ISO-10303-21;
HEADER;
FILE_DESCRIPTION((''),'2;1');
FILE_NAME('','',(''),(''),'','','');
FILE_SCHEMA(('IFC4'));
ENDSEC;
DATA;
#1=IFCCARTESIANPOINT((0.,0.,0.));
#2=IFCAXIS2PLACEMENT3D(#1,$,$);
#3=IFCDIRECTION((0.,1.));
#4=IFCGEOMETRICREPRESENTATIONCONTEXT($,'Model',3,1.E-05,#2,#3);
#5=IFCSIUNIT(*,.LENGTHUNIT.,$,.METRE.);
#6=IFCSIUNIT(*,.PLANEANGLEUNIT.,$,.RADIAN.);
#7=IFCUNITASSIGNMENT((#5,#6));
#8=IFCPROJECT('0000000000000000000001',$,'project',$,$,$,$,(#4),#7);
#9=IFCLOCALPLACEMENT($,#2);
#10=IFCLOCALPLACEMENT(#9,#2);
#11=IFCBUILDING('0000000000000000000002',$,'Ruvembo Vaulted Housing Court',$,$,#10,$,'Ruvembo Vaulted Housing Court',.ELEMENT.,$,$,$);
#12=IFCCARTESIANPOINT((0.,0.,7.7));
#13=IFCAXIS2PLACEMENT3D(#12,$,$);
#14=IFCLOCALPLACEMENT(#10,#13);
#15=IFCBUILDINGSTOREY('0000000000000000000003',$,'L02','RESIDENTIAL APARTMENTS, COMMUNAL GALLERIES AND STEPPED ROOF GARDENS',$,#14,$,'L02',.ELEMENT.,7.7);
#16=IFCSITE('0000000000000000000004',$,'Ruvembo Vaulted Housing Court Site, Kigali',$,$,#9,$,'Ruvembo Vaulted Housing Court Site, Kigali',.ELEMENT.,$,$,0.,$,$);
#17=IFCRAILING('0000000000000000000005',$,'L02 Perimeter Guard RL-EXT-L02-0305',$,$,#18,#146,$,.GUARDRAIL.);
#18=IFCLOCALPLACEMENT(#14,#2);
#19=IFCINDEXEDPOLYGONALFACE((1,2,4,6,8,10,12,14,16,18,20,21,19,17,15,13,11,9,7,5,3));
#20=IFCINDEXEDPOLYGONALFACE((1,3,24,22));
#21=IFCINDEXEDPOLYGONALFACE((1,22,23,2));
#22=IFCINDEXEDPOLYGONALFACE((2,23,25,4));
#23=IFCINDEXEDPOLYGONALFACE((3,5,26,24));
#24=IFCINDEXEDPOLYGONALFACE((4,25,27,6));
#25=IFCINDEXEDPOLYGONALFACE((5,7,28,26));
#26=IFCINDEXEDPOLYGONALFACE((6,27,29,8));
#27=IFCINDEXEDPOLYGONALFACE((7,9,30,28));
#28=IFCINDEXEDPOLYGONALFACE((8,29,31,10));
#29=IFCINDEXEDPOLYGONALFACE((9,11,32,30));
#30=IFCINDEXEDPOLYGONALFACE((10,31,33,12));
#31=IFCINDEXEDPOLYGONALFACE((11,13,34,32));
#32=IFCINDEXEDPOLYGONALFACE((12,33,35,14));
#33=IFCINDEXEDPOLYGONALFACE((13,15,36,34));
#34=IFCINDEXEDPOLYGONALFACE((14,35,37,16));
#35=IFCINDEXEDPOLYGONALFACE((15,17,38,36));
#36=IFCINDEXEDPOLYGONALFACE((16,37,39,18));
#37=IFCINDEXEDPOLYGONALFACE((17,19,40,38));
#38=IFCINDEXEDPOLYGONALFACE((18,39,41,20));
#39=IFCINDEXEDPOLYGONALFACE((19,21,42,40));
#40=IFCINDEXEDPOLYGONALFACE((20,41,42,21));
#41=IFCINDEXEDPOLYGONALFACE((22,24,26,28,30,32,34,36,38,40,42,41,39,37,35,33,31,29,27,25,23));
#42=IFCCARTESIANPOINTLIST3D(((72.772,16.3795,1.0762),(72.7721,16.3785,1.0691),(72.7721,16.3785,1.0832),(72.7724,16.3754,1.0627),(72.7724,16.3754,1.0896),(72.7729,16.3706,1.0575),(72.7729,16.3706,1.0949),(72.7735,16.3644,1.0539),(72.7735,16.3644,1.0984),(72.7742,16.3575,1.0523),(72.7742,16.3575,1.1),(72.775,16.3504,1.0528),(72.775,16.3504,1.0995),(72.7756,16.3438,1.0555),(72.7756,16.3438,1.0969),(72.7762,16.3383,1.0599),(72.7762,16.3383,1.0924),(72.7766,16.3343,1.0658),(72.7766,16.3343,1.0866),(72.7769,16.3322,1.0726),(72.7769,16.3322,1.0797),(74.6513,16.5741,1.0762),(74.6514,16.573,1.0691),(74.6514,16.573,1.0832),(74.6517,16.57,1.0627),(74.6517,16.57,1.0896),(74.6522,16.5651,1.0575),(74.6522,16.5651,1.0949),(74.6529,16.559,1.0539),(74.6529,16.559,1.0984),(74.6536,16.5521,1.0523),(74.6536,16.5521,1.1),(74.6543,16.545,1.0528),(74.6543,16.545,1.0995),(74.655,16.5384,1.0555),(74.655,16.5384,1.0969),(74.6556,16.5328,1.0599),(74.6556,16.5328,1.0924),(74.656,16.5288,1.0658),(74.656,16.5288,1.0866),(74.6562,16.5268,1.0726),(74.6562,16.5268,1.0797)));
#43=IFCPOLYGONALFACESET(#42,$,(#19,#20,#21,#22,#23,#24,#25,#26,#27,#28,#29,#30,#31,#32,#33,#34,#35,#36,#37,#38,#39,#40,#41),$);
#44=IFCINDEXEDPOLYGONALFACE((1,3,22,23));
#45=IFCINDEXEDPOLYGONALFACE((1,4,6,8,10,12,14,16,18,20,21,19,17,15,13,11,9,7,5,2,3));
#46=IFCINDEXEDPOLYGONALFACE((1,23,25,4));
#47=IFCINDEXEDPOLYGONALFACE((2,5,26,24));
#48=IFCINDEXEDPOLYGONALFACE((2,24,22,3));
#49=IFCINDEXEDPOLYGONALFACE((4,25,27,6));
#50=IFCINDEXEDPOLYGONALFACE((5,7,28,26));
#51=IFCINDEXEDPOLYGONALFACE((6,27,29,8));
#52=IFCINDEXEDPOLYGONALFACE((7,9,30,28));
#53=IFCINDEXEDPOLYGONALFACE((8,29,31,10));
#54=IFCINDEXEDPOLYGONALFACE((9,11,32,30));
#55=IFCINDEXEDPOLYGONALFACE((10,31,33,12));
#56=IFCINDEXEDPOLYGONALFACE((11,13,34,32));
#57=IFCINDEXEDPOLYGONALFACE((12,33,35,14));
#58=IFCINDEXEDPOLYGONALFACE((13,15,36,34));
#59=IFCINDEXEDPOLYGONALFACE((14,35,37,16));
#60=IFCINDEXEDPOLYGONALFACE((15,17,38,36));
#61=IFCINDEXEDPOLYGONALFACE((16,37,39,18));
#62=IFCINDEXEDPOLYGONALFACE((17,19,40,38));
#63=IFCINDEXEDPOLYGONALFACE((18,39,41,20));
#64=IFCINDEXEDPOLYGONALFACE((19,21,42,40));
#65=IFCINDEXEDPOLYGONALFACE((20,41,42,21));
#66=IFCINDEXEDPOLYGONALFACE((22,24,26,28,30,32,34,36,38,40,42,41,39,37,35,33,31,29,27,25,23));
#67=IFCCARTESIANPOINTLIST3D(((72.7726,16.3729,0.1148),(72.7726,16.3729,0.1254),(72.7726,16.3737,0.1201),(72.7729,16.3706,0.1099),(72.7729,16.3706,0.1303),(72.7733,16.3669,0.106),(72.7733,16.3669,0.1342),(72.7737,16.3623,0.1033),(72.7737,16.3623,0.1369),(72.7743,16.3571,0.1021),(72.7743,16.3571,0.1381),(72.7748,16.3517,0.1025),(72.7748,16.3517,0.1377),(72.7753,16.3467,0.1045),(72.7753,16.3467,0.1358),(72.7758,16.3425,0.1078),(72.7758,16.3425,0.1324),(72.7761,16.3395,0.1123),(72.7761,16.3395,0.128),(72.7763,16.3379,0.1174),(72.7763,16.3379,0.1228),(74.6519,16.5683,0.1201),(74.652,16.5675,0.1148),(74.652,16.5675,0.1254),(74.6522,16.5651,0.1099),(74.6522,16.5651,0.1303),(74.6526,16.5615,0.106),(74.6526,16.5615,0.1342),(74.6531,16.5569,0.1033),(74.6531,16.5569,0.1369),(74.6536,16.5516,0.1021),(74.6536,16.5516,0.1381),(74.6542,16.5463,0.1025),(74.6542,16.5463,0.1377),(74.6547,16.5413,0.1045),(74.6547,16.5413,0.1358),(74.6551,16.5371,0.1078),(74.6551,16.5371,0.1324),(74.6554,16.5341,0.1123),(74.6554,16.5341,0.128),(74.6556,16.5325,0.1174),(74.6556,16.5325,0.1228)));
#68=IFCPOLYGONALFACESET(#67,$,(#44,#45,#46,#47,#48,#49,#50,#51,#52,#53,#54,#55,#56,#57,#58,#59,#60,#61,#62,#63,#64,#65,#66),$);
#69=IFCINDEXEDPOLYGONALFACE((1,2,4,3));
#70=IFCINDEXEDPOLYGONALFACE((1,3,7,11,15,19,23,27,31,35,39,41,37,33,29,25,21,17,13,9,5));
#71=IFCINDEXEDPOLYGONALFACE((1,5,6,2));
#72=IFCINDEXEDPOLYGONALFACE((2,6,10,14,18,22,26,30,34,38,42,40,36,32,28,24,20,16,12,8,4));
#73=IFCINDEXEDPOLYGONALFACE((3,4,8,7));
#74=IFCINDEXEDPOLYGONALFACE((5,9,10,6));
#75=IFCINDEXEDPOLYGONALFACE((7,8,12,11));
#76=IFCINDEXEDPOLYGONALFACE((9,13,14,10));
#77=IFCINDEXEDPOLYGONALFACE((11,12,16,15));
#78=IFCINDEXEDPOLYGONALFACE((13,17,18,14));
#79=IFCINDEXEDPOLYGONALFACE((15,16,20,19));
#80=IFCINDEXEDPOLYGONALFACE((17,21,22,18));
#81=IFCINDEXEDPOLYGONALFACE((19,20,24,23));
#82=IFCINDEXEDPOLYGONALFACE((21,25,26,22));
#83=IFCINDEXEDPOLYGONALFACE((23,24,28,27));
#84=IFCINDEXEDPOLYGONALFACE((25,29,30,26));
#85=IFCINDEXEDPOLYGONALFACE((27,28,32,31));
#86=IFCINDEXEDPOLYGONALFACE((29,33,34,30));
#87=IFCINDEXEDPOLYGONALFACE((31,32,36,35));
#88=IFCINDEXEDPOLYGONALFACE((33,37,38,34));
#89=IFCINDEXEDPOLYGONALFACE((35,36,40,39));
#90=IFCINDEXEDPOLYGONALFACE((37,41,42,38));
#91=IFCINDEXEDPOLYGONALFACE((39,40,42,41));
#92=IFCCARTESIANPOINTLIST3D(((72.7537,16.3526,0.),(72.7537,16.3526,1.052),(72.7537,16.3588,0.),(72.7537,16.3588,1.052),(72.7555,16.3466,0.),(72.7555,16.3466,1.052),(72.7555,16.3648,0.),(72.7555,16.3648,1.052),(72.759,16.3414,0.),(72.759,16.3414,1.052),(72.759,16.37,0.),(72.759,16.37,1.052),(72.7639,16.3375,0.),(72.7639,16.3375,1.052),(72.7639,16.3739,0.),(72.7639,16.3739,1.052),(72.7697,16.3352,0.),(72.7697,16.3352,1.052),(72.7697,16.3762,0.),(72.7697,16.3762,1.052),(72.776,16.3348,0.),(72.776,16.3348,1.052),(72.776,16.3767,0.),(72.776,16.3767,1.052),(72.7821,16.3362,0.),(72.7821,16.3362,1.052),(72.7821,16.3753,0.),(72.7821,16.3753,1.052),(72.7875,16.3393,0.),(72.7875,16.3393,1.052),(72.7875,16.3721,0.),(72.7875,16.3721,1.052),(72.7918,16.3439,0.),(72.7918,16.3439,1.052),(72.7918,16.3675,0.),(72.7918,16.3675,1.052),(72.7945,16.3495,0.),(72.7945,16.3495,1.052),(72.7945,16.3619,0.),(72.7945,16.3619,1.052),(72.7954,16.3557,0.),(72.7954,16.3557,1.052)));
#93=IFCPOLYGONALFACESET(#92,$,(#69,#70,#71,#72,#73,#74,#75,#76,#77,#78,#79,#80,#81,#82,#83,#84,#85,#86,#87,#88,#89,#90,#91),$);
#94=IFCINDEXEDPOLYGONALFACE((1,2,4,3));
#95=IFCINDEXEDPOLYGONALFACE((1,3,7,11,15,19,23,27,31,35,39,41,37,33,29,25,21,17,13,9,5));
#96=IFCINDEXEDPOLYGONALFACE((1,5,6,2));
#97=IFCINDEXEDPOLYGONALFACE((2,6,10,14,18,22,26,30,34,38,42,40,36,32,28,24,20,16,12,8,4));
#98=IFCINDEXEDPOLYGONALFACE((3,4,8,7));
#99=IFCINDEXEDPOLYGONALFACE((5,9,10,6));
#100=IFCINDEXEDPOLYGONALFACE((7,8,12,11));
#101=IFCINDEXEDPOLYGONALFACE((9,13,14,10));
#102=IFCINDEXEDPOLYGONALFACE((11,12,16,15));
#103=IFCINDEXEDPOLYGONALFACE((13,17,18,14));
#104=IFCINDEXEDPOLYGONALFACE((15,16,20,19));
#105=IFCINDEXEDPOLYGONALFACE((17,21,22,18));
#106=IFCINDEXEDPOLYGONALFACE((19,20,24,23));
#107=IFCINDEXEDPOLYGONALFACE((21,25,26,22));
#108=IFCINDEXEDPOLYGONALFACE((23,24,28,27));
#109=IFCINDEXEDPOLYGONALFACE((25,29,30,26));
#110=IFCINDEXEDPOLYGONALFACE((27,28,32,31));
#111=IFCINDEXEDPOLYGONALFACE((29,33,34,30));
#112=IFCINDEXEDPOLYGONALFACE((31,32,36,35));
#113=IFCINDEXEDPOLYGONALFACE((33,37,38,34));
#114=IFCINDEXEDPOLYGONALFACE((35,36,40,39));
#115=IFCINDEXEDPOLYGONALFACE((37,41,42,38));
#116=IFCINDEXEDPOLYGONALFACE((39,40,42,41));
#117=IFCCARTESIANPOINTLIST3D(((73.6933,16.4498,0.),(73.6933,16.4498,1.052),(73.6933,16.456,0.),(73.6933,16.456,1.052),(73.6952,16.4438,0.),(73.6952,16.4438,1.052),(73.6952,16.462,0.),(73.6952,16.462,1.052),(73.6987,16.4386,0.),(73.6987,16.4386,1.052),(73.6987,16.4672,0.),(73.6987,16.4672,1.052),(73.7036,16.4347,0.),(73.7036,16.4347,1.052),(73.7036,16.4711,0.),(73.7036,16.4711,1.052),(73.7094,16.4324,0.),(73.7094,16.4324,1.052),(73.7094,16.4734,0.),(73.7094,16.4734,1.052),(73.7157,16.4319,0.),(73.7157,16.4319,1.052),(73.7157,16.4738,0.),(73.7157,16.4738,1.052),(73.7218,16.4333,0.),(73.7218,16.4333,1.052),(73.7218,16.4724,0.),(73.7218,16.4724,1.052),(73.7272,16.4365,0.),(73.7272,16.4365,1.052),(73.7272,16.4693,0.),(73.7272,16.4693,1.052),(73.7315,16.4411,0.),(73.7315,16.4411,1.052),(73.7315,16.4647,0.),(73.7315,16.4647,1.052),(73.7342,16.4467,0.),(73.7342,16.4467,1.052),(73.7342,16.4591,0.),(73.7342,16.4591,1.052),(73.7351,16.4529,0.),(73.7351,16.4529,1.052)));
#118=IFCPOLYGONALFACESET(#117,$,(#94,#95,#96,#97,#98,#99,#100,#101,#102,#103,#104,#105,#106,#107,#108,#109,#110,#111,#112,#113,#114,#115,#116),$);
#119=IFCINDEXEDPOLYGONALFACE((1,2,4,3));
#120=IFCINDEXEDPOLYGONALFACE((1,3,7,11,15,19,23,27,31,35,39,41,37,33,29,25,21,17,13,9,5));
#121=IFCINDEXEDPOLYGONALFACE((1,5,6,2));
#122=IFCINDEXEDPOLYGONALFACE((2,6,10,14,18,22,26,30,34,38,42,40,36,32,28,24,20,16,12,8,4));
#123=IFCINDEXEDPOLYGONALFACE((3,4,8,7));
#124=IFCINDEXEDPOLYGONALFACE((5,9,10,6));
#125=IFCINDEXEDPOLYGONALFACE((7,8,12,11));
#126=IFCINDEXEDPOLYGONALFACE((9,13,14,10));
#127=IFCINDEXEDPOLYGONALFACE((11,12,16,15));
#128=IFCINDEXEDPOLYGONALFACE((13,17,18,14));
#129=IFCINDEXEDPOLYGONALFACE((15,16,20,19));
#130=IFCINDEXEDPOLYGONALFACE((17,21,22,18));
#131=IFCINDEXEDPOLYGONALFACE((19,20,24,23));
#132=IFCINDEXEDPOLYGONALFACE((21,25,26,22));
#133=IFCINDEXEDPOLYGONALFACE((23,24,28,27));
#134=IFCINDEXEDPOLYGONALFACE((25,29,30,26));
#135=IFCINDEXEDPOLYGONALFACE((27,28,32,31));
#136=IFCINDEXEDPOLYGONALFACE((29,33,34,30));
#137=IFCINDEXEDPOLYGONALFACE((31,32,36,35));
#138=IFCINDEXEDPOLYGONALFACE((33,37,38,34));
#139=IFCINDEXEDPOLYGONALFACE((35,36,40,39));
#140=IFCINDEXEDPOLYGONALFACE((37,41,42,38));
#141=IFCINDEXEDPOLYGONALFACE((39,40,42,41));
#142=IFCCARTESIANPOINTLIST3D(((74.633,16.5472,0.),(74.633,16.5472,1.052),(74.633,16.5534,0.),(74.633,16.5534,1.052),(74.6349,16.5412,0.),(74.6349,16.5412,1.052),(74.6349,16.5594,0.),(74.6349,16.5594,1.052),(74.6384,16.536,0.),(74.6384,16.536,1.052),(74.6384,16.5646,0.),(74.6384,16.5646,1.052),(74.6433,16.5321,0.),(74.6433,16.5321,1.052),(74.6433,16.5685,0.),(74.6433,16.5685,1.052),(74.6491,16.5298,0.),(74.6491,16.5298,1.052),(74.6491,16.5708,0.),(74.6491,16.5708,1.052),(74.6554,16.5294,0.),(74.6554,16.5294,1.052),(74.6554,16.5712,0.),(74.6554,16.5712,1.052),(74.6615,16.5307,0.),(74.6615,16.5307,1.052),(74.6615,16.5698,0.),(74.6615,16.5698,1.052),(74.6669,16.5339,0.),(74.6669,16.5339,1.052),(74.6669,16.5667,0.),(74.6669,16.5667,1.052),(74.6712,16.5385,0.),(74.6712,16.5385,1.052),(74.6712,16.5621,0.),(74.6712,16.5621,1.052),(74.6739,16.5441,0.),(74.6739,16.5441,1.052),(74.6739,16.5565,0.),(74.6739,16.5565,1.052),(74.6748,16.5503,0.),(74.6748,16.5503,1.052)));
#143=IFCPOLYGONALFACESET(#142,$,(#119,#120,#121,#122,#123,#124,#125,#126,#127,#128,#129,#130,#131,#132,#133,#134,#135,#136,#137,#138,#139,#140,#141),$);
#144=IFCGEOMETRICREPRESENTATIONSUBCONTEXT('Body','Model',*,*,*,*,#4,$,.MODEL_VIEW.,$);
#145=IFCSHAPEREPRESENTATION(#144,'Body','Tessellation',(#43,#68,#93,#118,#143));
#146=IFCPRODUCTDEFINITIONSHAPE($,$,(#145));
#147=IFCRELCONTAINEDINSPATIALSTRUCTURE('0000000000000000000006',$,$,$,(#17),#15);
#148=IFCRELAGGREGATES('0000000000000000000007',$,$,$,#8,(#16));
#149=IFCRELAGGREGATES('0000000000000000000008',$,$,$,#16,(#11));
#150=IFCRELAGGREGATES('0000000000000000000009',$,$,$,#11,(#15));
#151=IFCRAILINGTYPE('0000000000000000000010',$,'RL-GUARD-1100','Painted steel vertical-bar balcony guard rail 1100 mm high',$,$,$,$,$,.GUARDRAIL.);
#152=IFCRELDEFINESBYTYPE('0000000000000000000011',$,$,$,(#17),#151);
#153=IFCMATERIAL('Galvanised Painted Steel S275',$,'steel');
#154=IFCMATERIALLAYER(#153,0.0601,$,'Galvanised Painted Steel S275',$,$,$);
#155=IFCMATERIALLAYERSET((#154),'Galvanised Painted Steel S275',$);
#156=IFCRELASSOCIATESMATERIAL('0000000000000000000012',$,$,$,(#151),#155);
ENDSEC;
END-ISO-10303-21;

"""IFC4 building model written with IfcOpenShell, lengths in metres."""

from ifc_helpers import new_model, si_unit, direction, frame, origin, origin_2d, place, context, subcontext, project, spatial, circle, extrude, material, layer, layer_set, type_object, element, save


model = new_model("IFC4")

# Units and contexts
model_context = context("Model", 3, precision=1e-05, world=origin(), true_north=direction((0.0, 1.0)))
body_context = subcontext(model_context, "Body", "Model", "MODEL_VIEW")
ifc_project = project(units=[si_unit("LENGTHUNIT", "METRE"), si_unit("PLANEANGLEUNIT", "RADIAN")], contexts=[model_context])

# Site, building, storey
site_placement = place(None, origin())
site = spatial("IfcSite", under=ifc_project, at=site_placement, Name="Ruvembo Vaulted Housing Court Site, Kigali", LongName="Ruvembo Vaulted Housing Court Site, Kigali", CompositionType="ELEMENT", RefElevation=0.0)
building_placement = place(site_placement, origin())
building = spatial("IfcBuilding", under=site, at=building_placement, Name="Ruvembo Vaulted Housing Court", LongName="Ruvembo Vaulted Housing Court", CompositionType="ELEMENT")
storey_placement = place(building_placement, frame((0.0, 0.0, 7.7)))
storey = spatial("IfcBuildingStorey", under=building, at=storey_placement, Name="L02", Description="RESIDENTIAL APARTMENTS, COMMUNAL GALLERIES AND STEPPED ROOF GARDENS", LongName="L02", CompositionType="ELEMENT", Elevation=7.7)

# Railing
ifc_material_1 = material(Name="Galvanised Painted Steel S275", Category="steel")
ifc_layer = layer(ifc_material_1, 0.0601, Name="Galvanised Painted Steel S275")
ifc_layer_set = layer_set([ifc_layer], Name="Galvanised Painted Steel S275")
railing_type = type_object("IfcRailingType", Name="RL-GUARD-1100", Description="Painted steel vertical-bar balcony guard rail 1100 mm high", PredefinedType="GUARDRAIL", material=ifc_layer_set)
railing_1_placement = place(storey_placement, frame((72.7744, 16.3557, 0.0)))
element("IfcRailing", 1, at=railing_1_placement, inside=storey, type_object=railing_type, Name="L02 Perimeter Guard RL-EXT-L02-0305", PredefinedType="GUARDRAIL", context=body_context, shape_type="SweptSolid", body=[
    extrude(circle(Radius=0.0239, at=origin_2d()), frame((0.0, 0.0, 1.0762), z_axis=(0.994683, 0.102983, 0.0), x_axis=(-0.102983, 0.994683, 0.0)), (0.0, 0.0, 1.0), 1.8894),
    extrude(circle(Radius=0.0181, at=origin_2d()), frame((0.0, 0.0, 0.1201), z_axis=(0.994683, 0.102983, 0.0), x_axis=(-0.102983, 0.994683, 0.0)), (0.0, 0.0, 1.0), 1.8894),
    extrude(circle(Radius=0.021, at=origin_2d()), origin(), (0.0, 0.0, 1.0), 1.052),
    extrude(circle(Radius=0.021, at=origin_2d()), frame((0.9397, 0.0972, 0.0)), (0.0, 0.0, 1.0), 1.052),
    extrude(circle(Radius=0.021, at=origin_2d()), frame((1.8794, 0.1946, 0.0)), (0.0, 0.0, 1.0), 1.052),
])

save(model, "model.ifc")
